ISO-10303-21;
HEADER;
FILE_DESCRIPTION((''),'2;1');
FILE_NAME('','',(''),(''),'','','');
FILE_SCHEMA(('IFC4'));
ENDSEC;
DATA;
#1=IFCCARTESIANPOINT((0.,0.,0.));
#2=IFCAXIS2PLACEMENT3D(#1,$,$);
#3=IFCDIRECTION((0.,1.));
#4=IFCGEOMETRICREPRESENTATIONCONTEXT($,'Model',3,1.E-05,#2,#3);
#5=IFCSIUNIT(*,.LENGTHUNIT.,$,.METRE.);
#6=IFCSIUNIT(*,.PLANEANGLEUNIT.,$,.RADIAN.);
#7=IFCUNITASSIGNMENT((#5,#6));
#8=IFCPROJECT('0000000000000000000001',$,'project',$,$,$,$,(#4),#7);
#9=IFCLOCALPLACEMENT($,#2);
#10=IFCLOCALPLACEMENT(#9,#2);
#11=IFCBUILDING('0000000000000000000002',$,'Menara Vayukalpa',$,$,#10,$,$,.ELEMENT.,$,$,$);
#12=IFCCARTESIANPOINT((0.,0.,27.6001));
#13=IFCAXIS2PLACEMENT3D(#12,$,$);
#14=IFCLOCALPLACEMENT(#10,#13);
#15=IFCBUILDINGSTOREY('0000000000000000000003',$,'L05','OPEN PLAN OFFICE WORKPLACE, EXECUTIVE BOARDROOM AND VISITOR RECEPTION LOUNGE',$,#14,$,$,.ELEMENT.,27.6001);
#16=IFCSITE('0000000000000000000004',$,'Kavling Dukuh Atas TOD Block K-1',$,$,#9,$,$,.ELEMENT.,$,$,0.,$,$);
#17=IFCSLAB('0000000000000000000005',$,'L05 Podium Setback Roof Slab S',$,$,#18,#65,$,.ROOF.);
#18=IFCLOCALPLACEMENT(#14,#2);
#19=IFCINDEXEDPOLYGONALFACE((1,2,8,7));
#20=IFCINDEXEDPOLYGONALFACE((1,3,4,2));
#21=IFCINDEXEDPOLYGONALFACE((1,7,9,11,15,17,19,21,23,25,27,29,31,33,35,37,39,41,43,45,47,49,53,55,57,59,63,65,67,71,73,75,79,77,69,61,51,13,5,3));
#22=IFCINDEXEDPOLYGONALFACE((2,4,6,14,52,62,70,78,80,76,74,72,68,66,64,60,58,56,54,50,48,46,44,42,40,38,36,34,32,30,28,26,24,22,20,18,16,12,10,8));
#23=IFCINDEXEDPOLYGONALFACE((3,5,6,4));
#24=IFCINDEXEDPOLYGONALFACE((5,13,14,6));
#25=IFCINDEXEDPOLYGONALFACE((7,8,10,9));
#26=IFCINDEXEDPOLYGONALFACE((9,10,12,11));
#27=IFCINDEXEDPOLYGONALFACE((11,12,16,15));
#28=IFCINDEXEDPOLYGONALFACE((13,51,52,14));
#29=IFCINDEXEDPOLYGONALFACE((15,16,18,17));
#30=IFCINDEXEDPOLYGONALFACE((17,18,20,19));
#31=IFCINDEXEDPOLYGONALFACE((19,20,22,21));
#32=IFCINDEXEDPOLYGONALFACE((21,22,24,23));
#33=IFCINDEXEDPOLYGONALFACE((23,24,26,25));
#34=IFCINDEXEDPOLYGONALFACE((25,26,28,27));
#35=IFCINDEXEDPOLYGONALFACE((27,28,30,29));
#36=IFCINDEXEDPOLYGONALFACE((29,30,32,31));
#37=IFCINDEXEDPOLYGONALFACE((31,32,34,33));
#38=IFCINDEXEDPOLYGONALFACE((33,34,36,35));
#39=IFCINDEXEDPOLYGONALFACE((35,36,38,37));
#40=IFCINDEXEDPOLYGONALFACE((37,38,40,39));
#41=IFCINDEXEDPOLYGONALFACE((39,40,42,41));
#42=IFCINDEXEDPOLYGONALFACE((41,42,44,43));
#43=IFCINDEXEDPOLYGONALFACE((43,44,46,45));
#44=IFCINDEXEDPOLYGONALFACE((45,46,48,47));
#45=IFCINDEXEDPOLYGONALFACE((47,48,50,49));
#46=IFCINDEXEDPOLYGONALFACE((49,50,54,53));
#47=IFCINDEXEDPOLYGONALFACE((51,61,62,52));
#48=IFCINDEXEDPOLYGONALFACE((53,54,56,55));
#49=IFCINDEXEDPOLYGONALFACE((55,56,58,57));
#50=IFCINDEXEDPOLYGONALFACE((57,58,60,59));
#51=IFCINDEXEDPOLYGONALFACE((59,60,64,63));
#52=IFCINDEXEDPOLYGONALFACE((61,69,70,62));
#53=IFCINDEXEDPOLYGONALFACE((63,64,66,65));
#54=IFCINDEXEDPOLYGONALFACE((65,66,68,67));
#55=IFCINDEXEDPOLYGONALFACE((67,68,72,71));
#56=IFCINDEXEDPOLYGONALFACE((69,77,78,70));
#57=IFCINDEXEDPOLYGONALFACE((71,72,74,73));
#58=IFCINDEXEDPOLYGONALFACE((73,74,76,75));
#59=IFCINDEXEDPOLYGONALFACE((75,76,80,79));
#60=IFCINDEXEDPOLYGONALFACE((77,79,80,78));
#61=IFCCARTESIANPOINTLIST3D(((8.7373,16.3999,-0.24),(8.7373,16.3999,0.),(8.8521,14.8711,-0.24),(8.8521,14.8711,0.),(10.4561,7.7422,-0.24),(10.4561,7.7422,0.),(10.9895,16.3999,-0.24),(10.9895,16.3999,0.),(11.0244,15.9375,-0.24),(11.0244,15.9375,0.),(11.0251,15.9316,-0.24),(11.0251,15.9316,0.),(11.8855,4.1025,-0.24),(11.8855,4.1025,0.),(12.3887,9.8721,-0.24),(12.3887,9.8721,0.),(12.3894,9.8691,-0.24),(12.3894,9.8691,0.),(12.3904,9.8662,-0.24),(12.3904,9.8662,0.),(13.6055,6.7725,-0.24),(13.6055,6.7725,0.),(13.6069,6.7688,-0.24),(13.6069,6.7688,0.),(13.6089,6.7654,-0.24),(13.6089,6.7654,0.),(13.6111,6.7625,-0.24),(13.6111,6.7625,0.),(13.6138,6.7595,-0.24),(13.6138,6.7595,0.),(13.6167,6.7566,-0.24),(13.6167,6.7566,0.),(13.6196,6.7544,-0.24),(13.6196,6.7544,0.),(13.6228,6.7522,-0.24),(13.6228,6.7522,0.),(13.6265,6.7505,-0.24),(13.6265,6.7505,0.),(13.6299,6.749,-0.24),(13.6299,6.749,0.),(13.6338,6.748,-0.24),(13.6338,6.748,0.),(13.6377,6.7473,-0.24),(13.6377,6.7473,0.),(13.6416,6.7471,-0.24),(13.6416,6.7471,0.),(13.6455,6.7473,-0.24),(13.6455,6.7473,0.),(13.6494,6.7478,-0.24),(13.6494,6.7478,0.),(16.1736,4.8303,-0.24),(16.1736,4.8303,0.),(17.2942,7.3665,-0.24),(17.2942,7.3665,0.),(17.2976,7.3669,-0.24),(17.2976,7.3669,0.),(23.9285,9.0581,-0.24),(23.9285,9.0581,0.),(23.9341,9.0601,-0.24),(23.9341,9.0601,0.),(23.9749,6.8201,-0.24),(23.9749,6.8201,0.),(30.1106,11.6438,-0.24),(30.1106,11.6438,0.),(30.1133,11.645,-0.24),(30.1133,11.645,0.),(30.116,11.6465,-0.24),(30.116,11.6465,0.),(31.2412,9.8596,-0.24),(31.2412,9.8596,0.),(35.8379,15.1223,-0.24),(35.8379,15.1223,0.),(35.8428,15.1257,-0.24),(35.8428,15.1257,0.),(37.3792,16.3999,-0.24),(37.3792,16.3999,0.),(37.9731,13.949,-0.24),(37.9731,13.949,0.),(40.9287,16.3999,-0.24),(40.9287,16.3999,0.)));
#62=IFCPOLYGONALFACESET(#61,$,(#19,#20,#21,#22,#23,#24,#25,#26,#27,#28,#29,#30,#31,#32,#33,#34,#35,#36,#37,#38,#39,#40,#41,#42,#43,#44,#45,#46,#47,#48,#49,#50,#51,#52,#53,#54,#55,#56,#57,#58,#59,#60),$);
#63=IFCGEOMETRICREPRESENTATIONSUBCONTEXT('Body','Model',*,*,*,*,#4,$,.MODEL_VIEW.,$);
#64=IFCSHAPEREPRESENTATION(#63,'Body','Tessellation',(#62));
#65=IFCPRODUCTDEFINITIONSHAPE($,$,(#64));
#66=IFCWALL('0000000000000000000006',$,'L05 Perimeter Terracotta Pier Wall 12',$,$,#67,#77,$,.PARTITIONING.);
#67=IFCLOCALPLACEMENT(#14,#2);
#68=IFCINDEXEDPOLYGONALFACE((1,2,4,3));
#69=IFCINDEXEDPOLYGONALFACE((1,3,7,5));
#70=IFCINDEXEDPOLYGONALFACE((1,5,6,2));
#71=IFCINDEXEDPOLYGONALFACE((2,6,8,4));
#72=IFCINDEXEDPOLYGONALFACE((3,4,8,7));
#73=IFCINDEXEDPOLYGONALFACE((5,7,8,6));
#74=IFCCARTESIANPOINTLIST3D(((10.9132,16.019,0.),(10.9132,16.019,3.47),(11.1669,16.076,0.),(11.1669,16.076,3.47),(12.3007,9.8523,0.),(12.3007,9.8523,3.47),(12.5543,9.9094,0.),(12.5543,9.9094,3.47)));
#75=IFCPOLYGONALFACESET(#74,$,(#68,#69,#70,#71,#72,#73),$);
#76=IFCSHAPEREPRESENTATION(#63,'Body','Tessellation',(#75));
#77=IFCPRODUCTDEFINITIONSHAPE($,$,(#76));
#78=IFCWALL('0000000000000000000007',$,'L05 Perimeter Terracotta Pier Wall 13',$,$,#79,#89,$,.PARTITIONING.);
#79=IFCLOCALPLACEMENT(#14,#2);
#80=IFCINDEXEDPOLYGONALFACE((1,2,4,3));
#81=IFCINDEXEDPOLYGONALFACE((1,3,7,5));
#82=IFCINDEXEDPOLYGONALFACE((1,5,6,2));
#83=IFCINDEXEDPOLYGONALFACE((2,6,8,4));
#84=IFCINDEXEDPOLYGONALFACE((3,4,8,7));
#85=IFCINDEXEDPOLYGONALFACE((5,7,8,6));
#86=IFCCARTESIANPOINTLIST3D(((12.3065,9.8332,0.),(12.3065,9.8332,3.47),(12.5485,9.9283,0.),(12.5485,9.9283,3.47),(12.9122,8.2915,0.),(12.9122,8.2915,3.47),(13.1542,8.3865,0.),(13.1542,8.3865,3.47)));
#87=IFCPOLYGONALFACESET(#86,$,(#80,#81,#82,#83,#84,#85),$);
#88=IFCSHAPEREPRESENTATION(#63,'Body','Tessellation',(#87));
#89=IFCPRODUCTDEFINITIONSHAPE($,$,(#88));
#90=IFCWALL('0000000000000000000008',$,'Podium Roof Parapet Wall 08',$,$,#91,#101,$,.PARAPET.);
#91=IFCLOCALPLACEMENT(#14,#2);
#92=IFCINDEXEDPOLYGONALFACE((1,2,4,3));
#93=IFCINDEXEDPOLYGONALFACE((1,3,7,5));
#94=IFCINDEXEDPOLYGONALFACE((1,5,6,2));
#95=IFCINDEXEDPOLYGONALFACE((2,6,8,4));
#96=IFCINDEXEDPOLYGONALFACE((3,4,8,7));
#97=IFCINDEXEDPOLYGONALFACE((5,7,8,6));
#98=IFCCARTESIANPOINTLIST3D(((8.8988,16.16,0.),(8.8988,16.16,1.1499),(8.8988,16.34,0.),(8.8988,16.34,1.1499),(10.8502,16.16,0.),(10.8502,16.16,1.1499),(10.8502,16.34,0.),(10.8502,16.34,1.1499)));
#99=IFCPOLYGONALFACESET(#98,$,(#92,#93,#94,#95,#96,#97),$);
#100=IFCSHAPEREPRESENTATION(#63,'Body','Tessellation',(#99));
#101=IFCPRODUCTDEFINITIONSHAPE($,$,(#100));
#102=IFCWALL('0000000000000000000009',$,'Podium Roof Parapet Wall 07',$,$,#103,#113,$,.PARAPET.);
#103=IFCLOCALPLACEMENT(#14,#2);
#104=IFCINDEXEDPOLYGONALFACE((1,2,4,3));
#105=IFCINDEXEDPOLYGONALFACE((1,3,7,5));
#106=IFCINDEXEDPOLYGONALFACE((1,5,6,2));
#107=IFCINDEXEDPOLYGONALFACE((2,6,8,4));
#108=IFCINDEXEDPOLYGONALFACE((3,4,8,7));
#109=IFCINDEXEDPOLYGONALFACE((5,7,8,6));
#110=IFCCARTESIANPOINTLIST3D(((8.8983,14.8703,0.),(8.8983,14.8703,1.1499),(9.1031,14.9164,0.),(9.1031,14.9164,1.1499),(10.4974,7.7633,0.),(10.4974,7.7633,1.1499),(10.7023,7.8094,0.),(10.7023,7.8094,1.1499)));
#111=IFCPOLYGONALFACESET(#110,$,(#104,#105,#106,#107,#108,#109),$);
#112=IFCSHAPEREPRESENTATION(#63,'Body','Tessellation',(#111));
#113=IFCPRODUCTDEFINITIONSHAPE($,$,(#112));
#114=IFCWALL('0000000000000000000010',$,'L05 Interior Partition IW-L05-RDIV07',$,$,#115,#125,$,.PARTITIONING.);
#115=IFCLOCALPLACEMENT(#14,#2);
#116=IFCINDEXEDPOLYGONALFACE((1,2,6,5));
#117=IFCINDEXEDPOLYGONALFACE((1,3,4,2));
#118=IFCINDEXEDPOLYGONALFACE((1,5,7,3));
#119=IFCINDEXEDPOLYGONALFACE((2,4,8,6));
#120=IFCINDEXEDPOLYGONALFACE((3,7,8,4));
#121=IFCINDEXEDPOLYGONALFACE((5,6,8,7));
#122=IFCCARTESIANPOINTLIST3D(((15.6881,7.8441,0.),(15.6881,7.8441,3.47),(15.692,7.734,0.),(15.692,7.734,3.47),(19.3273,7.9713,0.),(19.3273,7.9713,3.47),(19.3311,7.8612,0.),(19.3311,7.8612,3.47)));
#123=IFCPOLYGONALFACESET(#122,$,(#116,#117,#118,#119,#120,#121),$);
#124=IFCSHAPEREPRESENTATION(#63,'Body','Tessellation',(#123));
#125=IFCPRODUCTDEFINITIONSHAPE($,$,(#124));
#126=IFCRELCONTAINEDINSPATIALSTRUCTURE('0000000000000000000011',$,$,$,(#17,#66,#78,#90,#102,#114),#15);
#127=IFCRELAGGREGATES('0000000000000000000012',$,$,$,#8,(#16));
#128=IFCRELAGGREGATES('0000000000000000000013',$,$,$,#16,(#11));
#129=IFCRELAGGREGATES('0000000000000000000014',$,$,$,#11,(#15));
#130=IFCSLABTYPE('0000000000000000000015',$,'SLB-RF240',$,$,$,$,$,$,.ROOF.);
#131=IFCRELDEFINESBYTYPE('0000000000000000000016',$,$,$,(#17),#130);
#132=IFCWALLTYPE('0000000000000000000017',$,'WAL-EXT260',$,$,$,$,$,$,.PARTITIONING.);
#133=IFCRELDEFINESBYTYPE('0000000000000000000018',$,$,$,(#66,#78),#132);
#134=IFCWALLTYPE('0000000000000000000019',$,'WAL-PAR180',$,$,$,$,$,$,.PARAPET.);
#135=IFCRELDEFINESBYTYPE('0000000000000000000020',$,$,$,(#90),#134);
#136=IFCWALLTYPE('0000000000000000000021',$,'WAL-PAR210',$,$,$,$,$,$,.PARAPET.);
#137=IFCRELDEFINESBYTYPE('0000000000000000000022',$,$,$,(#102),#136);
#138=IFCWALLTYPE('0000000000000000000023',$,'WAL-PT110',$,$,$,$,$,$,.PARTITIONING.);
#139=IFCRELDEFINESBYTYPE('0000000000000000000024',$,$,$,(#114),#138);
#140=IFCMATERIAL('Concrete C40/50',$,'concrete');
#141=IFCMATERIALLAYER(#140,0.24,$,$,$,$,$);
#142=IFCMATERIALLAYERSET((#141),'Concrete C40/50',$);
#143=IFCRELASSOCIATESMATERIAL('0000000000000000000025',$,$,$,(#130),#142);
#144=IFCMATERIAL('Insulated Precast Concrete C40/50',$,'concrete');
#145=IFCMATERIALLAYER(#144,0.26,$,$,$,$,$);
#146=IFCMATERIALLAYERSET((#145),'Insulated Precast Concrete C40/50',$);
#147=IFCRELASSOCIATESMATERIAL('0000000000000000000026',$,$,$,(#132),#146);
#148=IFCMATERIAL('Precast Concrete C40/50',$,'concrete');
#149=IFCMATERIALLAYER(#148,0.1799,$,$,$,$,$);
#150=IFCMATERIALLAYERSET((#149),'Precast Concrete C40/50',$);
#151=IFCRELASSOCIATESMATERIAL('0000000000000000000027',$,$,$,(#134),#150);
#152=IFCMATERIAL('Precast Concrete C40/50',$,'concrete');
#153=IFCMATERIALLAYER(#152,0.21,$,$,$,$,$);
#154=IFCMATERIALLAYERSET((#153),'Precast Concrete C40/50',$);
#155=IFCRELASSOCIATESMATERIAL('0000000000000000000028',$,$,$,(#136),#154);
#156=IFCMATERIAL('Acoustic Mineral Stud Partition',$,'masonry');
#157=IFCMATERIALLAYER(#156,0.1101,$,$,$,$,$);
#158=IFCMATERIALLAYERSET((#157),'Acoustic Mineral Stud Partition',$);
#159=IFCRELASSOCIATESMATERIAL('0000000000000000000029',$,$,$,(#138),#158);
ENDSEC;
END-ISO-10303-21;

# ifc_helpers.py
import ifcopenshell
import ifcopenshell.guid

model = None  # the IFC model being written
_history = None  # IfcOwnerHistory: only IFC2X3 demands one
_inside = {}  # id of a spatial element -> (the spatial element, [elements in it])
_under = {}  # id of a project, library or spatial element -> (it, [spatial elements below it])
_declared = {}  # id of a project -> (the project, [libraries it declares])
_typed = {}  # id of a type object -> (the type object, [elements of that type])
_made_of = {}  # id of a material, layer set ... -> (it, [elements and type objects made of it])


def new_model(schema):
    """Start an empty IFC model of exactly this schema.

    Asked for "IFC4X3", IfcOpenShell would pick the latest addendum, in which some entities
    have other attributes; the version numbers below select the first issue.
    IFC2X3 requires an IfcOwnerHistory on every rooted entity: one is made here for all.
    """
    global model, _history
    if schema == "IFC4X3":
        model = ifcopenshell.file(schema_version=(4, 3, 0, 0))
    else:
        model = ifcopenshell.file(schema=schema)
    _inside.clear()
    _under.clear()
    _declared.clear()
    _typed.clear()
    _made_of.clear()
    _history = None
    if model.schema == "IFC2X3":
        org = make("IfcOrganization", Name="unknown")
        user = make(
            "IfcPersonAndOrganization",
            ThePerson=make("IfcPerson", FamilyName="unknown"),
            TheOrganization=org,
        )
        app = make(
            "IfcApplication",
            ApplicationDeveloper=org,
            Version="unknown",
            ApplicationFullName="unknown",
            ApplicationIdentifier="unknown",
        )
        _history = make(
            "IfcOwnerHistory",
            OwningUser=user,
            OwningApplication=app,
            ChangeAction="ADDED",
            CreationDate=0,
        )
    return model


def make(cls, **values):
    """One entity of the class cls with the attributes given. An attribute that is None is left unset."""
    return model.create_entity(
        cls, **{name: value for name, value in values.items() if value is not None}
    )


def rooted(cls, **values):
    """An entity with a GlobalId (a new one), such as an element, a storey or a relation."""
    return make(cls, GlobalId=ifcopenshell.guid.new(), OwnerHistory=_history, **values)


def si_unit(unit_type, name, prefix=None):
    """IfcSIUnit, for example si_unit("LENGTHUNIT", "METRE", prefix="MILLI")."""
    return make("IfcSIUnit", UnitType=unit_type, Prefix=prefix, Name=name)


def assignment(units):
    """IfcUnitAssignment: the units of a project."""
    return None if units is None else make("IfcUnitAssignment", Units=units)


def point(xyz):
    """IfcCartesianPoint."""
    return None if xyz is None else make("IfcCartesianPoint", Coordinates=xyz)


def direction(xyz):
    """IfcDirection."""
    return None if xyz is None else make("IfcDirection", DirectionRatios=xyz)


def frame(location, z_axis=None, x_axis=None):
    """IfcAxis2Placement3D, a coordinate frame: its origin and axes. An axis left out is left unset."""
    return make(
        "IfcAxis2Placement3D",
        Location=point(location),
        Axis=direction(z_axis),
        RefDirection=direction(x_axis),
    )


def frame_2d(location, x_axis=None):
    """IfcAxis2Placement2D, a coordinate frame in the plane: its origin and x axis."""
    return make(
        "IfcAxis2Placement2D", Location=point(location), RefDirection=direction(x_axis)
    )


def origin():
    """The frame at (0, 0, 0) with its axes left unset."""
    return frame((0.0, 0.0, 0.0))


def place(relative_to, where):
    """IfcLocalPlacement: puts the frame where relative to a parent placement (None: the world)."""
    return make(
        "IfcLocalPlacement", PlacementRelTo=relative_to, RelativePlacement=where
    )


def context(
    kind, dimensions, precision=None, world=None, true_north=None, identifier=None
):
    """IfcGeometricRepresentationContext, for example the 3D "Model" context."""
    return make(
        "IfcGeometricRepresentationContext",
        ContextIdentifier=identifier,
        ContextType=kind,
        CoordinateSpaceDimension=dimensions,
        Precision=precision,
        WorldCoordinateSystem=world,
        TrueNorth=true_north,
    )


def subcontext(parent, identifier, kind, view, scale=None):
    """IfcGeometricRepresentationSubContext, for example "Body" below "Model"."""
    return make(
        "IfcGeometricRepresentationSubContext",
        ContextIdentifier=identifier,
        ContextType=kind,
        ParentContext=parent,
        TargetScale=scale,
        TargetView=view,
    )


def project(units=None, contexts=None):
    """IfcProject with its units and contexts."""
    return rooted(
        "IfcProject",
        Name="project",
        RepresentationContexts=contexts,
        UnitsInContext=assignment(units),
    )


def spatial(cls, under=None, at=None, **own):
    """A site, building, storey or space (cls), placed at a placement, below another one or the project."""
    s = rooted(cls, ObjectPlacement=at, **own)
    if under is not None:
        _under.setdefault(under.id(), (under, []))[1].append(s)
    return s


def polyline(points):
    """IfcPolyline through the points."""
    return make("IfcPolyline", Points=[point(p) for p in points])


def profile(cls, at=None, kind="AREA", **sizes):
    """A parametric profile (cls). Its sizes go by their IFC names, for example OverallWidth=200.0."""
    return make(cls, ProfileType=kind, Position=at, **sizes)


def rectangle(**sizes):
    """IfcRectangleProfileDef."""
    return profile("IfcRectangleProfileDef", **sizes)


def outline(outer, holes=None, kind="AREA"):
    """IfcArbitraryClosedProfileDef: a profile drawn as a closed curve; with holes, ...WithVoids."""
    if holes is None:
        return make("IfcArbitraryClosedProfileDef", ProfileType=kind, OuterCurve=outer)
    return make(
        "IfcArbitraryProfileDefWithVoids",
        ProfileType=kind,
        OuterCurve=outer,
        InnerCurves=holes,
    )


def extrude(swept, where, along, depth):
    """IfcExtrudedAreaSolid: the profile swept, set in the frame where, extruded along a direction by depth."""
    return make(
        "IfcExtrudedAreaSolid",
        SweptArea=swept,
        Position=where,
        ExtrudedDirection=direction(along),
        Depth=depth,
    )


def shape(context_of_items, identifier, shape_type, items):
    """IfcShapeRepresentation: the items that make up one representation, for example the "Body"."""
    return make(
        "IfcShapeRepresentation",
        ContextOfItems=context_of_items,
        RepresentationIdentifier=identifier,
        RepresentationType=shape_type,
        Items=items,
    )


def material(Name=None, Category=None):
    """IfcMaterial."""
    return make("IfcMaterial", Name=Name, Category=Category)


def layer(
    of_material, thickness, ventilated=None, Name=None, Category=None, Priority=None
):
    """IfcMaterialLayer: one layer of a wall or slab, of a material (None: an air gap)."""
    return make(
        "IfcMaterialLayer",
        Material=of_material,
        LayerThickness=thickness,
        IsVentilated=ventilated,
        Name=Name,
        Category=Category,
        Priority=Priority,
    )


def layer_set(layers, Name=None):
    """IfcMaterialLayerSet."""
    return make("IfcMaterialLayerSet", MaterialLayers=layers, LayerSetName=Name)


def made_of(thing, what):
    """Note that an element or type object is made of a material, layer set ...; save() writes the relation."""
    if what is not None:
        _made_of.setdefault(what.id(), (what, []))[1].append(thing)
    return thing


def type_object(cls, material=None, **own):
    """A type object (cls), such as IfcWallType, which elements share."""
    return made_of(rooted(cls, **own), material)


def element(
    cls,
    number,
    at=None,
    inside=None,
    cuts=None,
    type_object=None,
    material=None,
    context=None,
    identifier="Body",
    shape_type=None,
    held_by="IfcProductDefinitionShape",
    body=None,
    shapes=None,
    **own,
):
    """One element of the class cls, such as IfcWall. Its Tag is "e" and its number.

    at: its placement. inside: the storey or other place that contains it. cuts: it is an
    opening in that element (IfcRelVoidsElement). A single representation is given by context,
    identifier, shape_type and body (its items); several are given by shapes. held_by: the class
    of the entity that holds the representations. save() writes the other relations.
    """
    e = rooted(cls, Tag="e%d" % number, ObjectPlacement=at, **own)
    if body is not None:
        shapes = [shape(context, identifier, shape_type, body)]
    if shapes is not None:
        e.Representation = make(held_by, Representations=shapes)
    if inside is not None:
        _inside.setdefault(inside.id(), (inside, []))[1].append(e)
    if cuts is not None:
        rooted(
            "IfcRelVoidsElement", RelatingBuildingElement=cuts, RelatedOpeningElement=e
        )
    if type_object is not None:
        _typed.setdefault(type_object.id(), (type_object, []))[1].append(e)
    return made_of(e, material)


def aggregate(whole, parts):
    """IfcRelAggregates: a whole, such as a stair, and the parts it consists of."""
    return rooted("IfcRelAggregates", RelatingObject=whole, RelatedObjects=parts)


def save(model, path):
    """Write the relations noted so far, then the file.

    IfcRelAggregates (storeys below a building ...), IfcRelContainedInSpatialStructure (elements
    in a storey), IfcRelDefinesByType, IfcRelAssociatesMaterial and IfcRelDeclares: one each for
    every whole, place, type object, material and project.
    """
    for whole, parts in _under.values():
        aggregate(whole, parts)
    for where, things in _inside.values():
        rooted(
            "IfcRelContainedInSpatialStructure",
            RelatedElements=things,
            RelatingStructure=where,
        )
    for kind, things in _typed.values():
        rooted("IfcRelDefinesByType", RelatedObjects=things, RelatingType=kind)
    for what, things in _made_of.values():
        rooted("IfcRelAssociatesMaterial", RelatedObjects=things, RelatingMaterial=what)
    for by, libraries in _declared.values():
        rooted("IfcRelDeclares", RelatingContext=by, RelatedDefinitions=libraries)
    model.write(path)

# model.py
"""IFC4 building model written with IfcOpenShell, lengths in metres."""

from ifc_helpers import new_model, si_unit, direction, frame, frame_2d, origin, place, context, subcontext, project, spatial, polyline, rectangle, outline, extrude, material, layer, layer_set, type_object, element, save


model = new_model("IFC4")

# Units and contexts
model_context = context("Model", 3, precision=1e-05, world=origin(), true_north=direction((0.0, 1.0)))
body_context = subcontext(model_context, "Body", "Model", "MODEL_VIEW")
ifc_project = project(units=[si_unit("LENGTHUNIT", "METRE"), si_unit("PLANEANGLEUNIT", "RADIAN")], contexts=[model_context])

# Site, building, storey
site_placement = place(None, origin())
site = spatial("IfcSite", under=ifc_project, at=site_placement, Name="Kavling Dukuh Atas TOD Block K-1", CompositionType="ELEMENT", RefElevation=0.0)
building_placement = place(site_placement, origin())
building = spatial("IfcBuilding", under=site, at=building_placement, Name="Menara Vayukalpa", CompositionType="ELEMENT")
storey_placement = place(building_placement, frame((0.0, 0.0, 27.6001)))
storey = spatial("IfcBuildingStorey", under=building, at=storey_placement, Name="L05", Description="OPEN PLAN OFFICE WORKPLACE, EXECUTIVE BOARDROOM AND VISITOR RECEPTION LOUNGE", CompositionType="ELEMENT", Elevation=27.6001)

# Slab
ifc_material_1 = material(Name="Concrete C40/50", Category="concrete")
ifc_layer_1 = layer(ifc_material_1, 0.24)
ifc_layer_set_1 = layer_set([ifc_layer_1], Name="Concrete C40/50")
slab_type_1 = type_object("IfcSlabType", Name="SLB-RF240", PredefinedType="ROOF", material=ifc_layer_set_1)
slab_1_placement = place(storey_placement, frame((0.0, 0.0, -0.24)))
element("IfcSlab", 1, at=slab_1_placement, inside=storey, type_object=slab_type_1, Name="L05 Podium Setback Roof Slab S", PredefinedType="ROOF", context=body_context, shape_type="SweptSolid", body=[
    extrude(outline(polyline([(31.2412, 9.8596), (23.9749, 6.8201), (16.1736, 4.8303), (11.8855, 4.1025), (10.4561, 7.7422), (8.8521, 14.8711), (8.7373, 16.3999), (10.9895, 16.3999), (11.0244, 15.9375), (11.0251, 15.9316), (12.3887, 9.8721), (12.3894, 9.8691), (12.3904, 9.8662), (13.6055, 6.7725), (13.6069, 6.7688), (13.6089, 6.7654), (13.6111, 6.7625), (13.6138, 6.7595), (13.6167, 6.7566), (13.6196, 6.7544), (13.6228, 6.7522), (13.6265, 6.7505), (13.6299, 6.749), (13.6338, 6.748), (13.6377, 6.7473), (13.6416, 6.7471), (13.6455, 6.7473), (13.6494, 6.7478), (17.2942, 7.3665), (17.2976, 7.3669), (23.9285, 9.0581), (23.9341, 9.0601), (30.1106, 11.6438), (30.1133, 11.645), (30.116, 11.6465), (35.8379, 15.1223), (35.8428, 15.1257), (37.3792, 16.3999), (40.9287, 16.3999), (37.9731, 13.949), (31.2412, 9.8596)])), origin(), (0.0, 0.0, 1.0), 0.24),
])

# Walls
ifc_material_2 = material(Name="Insulated Precast Concrete C40/50", Category="concrete")
ifc_layer_2 = layer(ifc_material_2, 0.26)
ifc_layer_set_2 = layer_set([ifc_layer_2], Name="Insulated Precast Concrete C40/50")
wall_type_1 = type_object("IfcWallType", Name="WAL-EXT260", PredefinedType="PARTITIONING", material=ifc_layer_set_2)
wall_1_placement = place(storey_placement, frame((12.4275, 9.8809, 0.0), z_axis=(0.0, 0.0, 1.0), x_axis=(-0.219502, 0.975612, 0.0)))
element("IfcWall", 2, at=wall_1_placement, inside=storey, type_object=wall_type_1, Name="L05 Perimeter Terracotta Pier Wall 12", PredefinedType="PARTITIONING", context=body_context, shape_type="SweptSolid", body=[
    extrude(rectangle(XDim=6.3208, YDim=0.26, at=frame_2d((3.1604, 0.0))), origin(), (0.0, 0.0, 1.0), 3.47),
])
wall_2_placement = place(storey_placement, frame((13.0332, 8.3391, 0.0), z_axis=(0.0, 0.0, 1.0), x_axis=(-0.365666, 0.930746, 0.0)))
element("IfcWall", 3, at=wall_2_placement, inside=storey, type_object=wall_type_1, Name="L05 Perimeter Terracotta Pier Wall 13", PredefinedType="PARTITIONING", context=body_context, shape_type="SweptSolid", body=[
    extrude(rectangle(XDim=1.6565, YDim=0.26, at=frame_2d((0.8281, 0.0))), origin(), (0.0, 0.0, 1.0), 3.47),
])
ifc_material_3 = material(Name="Precast Concrete C40/50", Category="concrete")
ifc_layer_3 = layer(ifc_material_3, 0.1799)
ifc_layer_set_3 = layer_set([ifc_layer_3], Name="Precast Concrete C40/50")
wall_type_2 = type_object("IfcWallType", Name="WAL-PAR180", PredefinedType="PARAPET", material=ifc_layer_set_3)
wall_3_placement = place(storey_placement, frame((8.8989, 16.25, 0.0), z_axis=(0.0, 0.0, 1.0), x_axis=(1.0, 0.0, 0.0)))
element("IfcWall", 4, at=wall_3_placement, inside=storey, type_object=wall_type_2, Name="Podium Roof Parapet Wall 08", PredefinedType="PARAPET", context=body_context, shape_type="SweptSolid", body=[
    extrude(rectangle(XDim=1.9514, YDim=0.1799, at=frame_2d((0.9756, 0.0))), origin(), (0.0, 0.0, 1.0), 1.1499),
])
ifc_material_4 = material(Name="Precast Concrete C40/50", Category="concrete")
ifc_layer_4 = layer(ifc_material_4, 0.21)
ifc_layer_set_4 = layer_set([ifc_layer_4], Name="Precast Concrete C40/50")
wall_type_3 = type_object("IfcWallType", Name="WAL-PAR210", PredefinedType="PARAPET", material=ifc_layer_set_4)
wall_4_placement = place(storey_placement, frame((10.5999, 7.7864, 0.0), z_axis=(0.0, 0.0, 1.0), x_axis=(-0.21952, 0.975608, 0.0)))
element("IfcWall", 5, at=wall_4_placement, inside=storey, type_object=wall_type_3, Name="Podium Roof Parapet Wall 07", PredefinedType="PARAPET", context=body_context, shape_type="SweptSolid", body=[
    extrude(rectangle(XDim=7.2847, YDim=0.21, at=frame_2d((3.6423, 0.0))), origin(), (0.0, 0.0, 1.0), 1.1499),
])
ifc_material_5 = material(Name="Acoustic Mineral Stud Partition", Category="masonry")
ifc_layer_5 = layer(ifc_material_5, 0.1101)
ifc_layer_set_5 = layer_set([ifc_layer_5], Name="Acoustic Mineral Stud Partition")
wall_type_4 = type_object("IfcWallType", Name="WAL-PT110", PredefinedType="PARTITIONING", material=ifc_layer_set_5)
wall_5_placement = place(storey_placement, frame((15.6899, 7.7891, 0.0), z_axis=(0.0, 0.0, 1.0), x_axis=(0.99939, 0.034931, 0.0)))
element("IfcWall", 6, at=wall_5_placement, inside=storey, type_object=wall_type_4, Name="L05 Interior Partition IW-L05-RDIV07", PredefinedType="PARTITIONING", context=body_context, shape_type="SweptSolid", body=[
    extrude(rectangle(XDim=3.6414, YDim=0.1101, at=frame_2d((1.8208, 0.0))), origin(), (0.0, 0.0, 1.0), 3.47),
])

save(model, "model.ifc")
